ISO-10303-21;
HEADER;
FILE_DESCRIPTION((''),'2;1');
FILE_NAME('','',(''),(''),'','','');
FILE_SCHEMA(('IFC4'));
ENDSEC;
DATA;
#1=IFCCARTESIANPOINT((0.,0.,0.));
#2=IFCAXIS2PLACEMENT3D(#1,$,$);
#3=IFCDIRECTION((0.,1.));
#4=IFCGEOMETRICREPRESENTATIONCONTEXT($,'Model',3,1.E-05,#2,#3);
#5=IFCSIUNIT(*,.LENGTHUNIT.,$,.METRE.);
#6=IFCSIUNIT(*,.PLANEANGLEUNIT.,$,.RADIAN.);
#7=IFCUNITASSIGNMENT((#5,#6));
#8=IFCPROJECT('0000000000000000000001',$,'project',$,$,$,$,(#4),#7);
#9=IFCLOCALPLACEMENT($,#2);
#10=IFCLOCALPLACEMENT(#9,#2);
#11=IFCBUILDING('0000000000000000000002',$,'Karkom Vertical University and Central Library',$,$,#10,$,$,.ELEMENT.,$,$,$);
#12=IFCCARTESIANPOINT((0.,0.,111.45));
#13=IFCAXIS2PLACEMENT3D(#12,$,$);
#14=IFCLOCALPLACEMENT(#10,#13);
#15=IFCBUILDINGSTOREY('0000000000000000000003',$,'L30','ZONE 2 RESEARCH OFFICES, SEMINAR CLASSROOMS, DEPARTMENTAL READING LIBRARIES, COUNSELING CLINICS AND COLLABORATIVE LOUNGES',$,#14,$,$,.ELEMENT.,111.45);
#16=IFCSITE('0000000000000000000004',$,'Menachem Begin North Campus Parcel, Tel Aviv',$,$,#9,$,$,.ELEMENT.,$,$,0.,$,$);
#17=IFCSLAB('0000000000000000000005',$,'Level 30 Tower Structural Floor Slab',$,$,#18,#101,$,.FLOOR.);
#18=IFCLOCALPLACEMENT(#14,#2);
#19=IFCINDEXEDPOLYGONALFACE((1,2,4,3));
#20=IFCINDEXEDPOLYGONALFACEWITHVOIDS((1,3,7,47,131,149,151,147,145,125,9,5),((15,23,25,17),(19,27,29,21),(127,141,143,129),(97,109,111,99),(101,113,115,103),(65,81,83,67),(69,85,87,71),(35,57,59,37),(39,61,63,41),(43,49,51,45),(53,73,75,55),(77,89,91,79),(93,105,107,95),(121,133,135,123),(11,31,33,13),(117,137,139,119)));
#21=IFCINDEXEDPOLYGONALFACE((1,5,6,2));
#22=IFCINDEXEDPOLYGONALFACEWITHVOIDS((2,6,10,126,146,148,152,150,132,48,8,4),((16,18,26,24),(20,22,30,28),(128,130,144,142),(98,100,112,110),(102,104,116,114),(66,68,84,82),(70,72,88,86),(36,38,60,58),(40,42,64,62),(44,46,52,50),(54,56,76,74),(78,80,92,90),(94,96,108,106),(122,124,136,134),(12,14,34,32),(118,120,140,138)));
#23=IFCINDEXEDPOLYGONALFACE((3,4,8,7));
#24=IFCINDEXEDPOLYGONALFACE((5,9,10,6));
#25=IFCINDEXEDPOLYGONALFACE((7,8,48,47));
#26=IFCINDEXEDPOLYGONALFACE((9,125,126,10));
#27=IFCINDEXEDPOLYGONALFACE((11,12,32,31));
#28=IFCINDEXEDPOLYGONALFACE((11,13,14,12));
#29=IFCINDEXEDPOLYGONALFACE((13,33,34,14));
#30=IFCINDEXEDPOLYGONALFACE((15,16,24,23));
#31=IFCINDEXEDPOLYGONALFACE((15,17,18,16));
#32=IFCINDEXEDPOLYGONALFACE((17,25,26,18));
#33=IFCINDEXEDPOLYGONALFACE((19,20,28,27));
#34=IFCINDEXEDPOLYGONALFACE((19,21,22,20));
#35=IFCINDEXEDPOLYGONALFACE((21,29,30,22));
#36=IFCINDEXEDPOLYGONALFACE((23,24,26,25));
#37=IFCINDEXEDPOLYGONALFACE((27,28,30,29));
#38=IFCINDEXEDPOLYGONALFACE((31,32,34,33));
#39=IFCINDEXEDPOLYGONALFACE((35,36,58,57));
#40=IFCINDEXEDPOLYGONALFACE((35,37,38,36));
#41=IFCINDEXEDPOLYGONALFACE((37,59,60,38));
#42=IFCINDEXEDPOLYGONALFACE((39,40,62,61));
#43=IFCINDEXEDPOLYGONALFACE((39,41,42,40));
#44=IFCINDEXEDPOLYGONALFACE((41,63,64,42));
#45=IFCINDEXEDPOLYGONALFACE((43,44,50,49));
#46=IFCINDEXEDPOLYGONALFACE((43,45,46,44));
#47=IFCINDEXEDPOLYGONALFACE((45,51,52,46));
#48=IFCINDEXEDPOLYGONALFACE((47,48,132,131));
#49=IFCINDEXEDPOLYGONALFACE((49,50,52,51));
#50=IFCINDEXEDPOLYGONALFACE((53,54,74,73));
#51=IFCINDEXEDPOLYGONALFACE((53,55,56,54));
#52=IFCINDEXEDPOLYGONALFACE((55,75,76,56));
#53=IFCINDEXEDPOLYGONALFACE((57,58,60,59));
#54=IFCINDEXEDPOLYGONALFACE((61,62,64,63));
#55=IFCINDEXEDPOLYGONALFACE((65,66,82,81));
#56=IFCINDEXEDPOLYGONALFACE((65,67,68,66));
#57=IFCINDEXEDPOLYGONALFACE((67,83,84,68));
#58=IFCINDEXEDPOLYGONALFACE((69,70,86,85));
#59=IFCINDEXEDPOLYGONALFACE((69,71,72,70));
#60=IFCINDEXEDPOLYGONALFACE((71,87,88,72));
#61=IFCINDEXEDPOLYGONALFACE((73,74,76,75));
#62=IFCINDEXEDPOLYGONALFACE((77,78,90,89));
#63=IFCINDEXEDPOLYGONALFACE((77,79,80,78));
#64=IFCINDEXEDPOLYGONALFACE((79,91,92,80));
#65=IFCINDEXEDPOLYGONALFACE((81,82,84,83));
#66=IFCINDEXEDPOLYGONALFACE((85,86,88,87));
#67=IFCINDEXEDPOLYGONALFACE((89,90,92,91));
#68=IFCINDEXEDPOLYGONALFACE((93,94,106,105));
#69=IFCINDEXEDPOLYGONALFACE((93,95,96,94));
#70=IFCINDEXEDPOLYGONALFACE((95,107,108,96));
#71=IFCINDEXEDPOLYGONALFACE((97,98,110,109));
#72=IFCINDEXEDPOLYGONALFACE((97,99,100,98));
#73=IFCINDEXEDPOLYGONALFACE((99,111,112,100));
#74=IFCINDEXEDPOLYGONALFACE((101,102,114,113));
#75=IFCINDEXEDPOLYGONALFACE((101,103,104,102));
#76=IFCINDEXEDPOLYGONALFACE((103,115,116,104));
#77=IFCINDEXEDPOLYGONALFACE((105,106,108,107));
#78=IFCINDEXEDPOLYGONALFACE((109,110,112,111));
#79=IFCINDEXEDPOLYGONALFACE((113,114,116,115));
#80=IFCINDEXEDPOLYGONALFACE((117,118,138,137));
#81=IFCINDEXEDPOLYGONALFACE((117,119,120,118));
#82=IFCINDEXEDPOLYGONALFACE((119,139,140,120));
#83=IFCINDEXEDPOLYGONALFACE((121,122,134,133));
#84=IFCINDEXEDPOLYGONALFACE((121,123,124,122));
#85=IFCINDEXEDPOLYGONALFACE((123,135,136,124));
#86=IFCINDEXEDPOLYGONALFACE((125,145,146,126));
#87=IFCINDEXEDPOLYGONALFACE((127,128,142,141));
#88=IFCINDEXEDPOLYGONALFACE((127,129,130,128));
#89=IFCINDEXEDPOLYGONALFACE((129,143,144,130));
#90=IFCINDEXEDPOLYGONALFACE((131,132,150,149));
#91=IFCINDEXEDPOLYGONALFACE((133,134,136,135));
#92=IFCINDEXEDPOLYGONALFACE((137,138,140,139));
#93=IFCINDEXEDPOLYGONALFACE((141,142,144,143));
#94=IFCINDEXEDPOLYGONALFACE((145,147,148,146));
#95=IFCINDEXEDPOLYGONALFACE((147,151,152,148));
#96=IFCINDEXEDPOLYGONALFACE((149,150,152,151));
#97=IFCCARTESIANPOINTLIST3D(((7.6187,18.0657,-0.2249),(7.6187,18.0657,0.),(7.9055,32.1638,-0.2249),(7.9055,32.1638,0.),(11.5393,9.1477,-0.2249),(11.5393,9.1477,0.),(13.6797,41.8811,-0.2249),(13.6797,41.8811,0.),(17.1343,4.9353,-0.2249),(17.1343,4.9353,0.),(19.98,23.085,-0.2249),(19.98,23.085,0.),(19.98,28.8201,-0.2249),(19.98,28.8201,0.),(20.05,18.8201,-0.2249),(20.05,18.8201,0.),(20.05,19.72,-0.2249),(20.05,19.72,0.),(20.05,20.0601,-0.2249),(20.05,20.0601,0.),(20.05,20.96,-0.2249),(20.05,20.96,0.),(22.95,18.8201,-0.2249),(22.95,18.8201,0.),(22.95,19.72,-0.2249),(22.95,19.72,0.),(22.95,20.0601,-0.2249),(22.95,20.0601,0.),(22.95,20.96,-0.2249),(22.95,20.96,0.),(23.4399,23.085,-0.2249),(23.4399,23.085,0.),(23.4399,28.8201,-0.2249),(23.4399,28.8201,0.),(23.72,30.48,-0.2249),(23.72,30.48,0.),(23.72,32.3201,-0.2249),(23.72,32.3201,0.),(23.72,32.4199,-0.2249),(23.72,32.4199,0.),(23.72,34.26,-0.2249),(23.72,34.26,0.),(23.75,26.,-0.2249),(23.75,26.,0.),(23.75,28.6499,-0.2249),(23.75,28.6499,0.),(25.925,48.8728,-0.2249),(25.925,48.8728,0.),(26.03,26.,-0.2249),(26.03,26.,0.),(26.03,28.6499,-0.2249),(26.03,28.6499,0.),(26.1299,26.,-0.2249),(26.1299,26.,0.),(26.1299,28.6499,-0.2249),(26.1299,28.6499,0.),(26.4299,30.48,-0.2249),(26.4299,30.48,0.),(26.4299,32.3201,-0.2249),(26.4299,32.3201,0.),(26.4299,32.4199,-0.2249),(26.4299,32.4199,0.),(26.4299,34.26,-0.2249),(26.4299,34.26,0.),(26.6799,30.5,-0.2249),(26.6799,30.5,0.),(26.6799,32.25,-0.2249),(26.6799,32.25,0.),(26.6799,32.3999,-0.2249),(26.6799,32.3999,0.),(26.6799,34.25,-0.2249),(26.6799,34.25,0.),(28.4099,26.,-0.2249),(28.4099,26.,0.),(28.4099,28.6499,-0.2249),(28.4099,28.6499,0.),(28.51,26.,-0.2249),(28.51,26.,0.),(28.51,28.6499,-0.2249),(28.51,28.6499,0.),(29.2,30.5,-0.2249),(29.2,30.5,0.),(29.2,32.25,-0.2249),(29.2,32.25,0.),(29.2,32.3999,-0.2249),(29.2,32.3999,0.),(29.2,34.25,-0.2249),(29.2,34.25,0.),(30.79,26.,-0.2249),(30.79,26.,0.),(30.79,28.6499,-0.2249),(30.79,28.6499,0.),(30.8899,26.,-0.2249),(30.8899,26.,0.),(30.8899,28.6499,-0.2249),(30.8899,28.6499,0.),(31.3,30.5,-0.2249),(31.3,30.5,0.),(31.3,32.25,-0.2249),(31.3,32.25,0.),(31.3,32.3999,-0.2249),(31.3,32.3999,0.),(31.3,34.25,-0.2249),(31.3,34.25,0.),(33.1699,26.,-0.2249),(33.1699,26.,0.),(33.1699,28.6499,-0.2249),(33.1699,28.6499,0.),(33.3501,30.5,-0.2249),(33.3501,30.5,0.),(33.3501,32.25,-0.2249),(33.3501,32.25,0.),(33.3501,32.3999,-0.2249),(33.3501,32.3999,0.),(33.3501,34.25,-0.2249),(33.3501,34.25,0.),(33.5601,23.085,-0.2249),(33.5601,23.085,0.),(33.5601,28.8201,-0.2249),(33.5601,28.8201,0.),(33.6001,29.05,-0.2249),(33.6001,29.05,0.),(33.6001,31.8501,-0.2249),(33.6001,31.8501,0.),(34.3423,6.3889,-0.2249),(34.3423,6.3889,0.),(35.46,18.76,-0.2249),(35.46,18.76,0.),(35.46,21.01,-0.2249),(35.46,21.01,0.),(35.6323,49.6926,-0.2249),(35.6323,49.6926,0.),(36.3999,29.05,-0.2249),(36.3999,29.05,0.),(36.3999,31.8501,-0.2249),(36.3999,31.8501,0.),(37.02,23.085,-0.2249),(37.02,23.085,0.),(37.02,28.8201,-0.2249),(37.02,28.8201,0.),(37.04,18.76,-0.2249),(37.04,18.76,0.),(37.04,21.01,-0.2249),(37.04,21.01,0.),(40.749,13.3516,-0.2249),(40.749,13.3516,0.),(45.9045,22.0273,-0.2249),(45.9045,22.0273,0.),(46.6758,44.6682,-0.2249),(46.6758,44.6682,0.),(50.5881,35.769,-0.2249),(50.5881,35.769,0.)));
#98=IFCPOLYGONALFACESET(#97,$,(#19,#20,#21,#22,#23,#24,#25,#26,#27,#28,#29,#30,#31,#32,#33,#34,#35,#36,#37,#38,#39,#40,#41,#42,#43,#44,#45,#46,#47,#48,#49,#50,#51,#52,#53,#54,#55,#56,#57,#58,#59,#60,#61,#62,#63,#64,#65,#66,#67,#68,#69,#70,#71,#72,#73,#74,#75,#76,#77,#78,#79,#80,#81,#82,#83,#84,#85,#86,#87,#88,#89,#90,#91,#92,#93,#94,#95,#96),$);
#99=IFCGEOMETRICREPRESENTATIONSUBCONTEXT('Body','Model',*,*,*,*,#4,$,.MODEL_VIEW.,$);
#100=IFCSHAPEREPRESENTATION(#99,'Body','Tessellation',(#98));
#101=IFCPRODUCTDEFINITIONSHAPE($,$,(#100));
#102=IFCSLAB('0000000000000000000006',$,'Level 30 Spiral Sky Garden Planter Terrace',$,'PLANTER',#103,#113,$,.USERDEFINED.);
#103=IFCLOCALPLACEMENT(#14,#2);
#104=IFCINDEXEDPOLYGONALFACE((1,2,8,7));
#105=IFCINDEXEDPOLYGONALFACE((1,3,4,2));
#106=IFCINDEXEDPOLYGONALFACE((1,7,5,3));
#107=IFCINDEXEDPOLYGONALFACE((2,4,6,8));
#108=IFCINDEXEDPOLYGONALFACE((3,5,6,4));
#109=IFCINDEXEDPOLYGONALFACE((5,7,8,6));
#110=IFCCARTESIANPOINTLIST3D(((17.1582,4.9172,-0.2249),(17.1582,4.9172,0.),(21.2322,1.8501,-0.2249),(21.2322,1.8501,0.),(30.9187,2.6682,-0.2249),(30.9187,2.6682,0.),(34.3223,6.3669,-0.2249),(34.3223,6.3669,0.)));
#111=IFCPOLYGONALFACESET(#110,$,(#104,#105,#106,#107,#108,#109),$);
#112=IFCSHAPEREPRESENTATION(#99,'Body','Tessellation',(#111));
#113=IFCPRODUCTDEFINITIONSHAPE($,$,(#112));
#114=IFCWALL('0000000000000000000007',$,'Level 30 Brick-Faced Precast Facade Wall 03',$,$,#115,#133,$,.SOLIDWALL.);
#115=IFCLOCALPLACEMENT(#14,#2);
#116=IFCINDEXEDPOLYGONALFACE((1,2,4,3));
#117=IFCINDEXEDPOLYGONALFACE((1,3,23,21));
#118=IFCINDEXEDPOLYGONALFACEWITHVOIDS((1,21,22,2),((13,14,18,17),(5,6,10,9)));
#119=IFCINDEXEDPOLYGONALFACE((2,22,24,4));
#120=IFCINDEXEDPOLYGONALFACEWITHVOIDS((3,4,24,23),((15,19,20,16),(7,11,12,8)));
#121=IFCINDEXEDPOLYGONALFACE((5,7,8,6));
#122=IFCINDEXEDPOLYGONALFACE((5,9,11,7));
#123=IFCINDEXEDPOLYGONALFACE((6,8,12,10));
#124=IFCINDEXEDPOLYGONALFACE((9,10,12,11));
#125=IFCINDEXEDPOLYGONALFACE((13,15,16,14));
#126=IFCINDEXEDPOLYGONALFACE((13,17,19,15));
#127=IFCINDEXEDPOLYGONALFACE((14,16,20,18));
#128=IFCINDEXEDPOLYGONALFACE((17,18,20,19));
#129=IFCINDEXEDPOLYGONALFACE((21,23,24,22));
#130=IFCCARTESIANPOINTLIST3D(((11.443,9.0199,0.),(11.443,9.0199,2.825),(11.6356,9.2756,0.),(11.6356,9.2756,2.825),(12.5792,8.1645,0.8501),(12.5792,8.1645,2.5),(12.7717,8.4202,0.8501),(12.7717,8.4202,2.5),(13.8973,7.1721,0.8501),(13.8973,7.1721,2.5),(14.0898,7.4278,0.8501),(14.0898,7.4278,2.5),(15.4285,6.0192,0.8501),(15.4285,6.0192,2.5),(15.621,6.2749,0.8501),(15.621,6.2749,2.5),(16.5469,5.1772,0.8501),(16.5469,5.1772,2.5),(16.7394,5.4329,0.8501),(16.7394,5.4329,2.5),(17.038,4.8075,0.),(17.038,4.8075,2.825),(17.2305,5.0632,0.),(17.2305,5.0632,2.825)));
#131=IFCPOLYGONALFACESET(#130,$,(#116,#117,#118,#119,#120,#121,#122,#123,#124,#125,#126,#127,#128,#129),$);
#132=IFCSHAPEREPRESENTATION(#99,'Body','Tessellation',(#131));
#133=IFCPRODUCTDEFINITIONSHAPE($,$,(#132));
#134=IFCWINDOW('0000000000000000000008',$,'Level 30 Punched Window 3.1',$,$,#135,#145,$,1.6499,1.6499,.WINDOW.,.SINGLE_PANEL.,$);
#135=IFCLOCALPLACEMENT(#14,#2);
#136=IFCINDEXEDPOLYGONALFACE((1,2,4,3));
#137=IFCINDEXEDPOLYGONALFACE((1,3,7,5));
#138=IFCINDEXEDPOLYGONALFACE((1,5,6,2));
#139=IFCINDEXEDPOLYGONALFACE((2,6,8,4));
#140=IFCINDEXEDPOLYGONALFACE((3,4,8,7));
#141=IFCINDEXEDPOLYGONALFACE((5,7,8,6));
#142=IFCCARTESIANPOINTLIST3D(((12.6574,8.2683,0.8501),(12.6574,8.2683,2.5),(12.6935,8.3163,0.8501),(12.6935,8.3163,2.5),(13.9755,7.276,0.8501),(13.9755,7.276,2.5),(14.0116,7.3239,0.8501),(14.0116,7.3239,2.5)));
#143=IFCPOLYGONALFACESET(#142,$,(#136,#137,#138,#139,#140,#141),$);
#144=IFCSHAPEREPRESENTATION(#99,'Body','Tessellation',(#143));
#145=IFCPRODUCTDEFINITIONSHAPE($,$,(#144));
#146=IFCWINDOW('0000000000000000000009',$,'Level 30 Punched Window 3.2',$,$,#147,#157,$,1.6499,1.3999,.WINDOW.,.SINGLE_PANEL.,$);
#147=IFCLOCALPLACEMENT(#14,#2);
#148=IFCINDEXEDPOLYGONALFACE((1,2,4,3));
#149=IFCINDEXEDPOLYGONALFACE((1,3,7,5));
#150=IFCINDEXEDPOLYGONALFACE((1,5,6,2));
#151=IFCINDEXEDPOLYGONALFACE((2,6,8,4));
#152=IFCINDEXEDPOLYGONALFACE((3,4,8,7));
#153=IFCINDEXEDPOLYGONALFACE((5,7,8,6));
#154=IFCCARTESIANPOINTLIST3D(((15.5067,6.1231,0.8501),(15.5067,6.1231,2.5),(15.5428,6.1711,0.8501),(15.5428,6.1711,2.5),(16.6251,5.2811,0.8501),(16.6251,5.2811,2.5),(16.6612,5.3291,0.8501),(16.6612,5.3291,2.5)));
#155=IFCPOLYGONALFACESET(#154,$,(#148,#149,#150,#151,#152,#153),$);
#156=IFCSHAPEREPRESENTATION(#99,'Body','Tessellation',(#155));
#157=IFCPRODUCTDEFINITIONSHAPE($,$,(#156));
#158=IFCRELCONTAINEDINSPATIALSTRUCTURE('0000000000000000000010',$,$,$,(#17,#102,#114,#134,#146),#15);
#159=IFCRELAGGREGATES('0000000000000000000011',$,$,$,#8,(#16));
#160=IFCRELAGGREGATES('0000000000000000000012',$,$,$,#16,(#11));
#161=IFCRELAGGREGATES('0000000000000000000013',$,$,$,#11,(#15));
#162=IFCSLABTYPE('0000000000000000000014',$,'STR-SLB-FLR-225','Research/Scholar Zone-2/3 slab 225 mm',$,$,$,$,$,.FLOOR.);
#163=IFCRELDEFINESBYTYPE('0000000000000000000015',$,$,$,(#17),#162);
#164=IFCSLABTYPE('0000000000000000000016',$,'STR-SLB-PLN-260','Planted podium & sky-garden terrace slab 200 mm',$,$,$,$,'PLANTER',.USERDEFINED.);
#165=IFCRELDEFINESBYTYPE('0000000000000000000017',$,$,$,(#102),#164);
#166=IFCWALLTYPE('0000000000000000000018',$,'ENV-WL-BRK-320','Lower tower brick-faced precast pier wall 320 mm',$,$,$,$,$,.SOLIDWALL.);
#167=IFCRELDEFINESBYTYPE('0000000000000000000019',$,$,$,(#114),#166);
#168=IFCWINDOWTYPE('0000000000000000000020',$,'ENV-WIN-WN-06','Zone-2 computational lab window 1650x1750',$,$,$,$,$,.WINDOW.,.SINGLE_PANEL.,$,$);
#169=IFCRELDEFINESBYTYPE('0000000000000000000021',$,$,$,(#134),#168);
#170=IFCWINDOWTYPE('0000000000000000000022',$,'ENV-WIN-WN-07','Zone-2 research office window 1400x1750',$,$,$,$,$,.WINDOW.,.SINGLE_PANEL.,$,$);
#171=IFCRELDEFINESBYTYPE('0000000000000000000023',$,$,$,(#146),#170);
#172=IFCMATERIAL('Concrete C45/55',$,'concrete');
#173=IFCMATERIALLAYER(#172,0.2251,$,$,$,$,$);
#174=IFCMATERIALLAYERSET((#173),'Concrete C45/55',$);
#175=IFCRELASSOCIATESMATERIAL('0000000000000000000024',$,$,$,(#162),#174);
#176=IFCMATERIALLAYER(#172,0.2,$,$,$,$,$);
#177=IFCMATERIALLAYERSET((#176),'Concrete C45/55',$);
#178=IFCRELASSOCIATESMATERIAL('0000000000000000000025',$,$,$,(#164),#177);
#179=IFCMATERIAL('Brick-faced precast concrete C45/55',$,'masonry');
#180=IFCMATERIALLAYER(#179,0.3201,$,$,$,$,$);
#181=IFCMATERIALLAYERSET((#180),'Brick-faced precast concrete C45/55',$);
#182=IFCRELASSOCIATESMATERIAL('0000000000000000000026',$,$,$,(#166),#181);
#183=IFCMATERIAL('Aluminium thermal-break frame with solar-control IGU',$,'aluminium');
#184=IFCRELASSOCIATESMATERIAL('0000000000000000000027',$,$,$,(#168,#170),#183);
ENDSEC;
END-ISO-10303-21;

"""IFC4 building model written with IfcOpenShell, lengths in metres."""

from ifc_helpers import new_model, si_unit, direction, frame, frame_2d, origin, origin_with_axes, place, context, subcontext, project, spatial, polyline, rectangle, outline, extrude, source, transform, mapped, material, layer, layer_set, type_object, element, fill, save


model = new_model("IFC4")

# Units and contexts
model_context = context("Model", 3, precision=1e-05, world=origin(), true_north=direction((0.0, 1.0)))
body_context = subcontext(model_context, "Body", "Model", "MODEL_VIEW")
ifc_project = project(units=[si_unit("LENGTHUNIT", "METRE"), si_unit("PLANEANGLEUNIT", "RADIAN")], contexts=[model_context])

# Site, building, storey
site_placement = place(None, origin())
site = spatial("IfcSite", under=ifc_project, at=site_placement, Name="Menachem Begin North Campus Parcel, Tel Aviv", CompositionType="ELEMENT", RefElevation=0.0)
building_placement = place(site_placement, origin())
building = spatial("IfcBuilding", under=site, at=building_placement, Name="Karkom Vertical University and Central Library", CompositionType="ELEMENT")
storey_placement = place(building_placement, frame((0.0, 0.0, 111.45)))
storey = spatial("IfcBuildingStorey", under=building, at=storey_placement, Name="L30", Description="ZONE 2 RESEARCH OFFICES, SEMINAR CLASSROOMS, DEPARTMENTAL READING LIBRARIES, COUNSELING CLINICS AND COLLABORATIVE LOUNGES", CompositionType="ELEMENT", Elevation=111.45)

# Shared definitions
ifc_material_1 = material(Name="Concrete C45/55", Category="concrete")

# Slabs
ifc_layer_1 = layer(ifc_material_1, 0.2251)
ifc_layer_set_1 = layer_set([ifc_layer_1], Name="Concrete C45/55")
slab_type_1 = type_object("IfcSlabType", Name="STR-SLB-FLR-225", Description="Research/Scholar Zone-2/3 slab 225 mm", PredefinedType="FLOOR", material=ifc_layer_set_1)
slab_1_placement = place(storey_placement, frame((0.0, 0.0, -0.2249)))
element("IfcSlab", 1, at=slab_1_placement, inside=storey, type_object=slab_type_1, Name="Level 30 Tower Structural Floor Slab", PredefinedType="FLOOR", context=body_context, shape_type="SweptSolid", body=[
    extrude(outline(polyline([(7.9055, 32.1638), (7.6187, 18.0657), (11.5393, 9.1477), (17.1343, 4.9353), (34.3423, 6.3889), (40.749, 13.3516), (45.9045, 22.0273), (50.5881, 35.769), (46.6758, 44.6682), (35.6323, 49.6926), (25.925, 48.8728), (13.6797, 41.8811), (7.9055, 32.1638)]), holes=[polyline([(19.98, 23.085), (23.4399, 23.085), (23.4399, 28.8201), (19.98, 28.8201), (19.98, 23.085)]), polyline([(33.5601, 23.085), (37.02, 23.085), (37.02, 28.8201), (33.5601, 28.8201), (33.5601, 23.085)]), polyline([(23.75, 26.0), (26.03, 26.0), (26.03, 28.6499), (23.75, 28.6499), (23.75, 26.0)]), polyline([(26.1299, 26.0), (28.4099, 26.0), (28.4099, 28.6499), (26.1299, 28.6499), (26.1299, 26.0)]), polyline([(28.51, 26.0), (30.79, 26.0), (30.79, 28.6499), (28.51, 28.6499), (28.51, 26.0)]), polyline([(30.8899, 26.0), (33.1699, 26.0), (33.1699, 28.6499), (30.8899, 28.6499), (30.8899, 26.0)]), polyline([(26.6799, 30.5), (29.2, 30.5), (29.2, 32.25), (26.6799, 32.25), (26.6799, 30.5)]), polyline([(26.6799, 32.3999), (29.2, 32.3999), (29.2, 34.25), (26.6799, 34.25), (26.6799, 32.3999)]), polyline([(31.3, 30.5), (33.3501, 30.5), (33.3501, 32.25), (31.3, 32.25), (31.3, 30.5)]), polyline([(31.3, 32.3999), (33.3501, 32.3999), (33.3501, 34.25), (31.3, 34.25), (31.3, 32.3999)]), polyline([(23.72, 30.48), (26.4299, 30.48), (26.4299, 32.3201), (23.72, 32.3201), (23.72, 30.48)]), polyline([(23.72, 32.4199), (26.4299, 32.4199), (26.4299, 34.26), (23.72, 34.26), (23.72, 32.4199)]), polyline([(33.6001, 29.05), (36.3999, 29.05), (36.3999, 31.8501), (33.6001, 31.8501), (33.6001, 29.05)]), polyline([(20.05, 18.8201), (22.95, 18.8201), (22.95, 19.72), (20.05, 19.72), (20.05, 18.8201)]), polyline([(20.05, 20.0601), (22.95, 20.0601), (22.95, 20.96), (20.05, 20.96), (20.05, 20.0601)]), polyline([(35.46, 18.76), (37.04, 18.76), (37.04, 21.01), (35.46, 21.01), (35.46, 18.76)])]), origin(), (0.0, 0.0, 1.0), 0.2249),
])
ifc_layer_2 = layer(ifc_material_1, 0.2)
ifc_layer_set_2 = layer_set([ifc_layer_2], Name="Concrete C45/55")
slab_type_2 = type_object("IfcSlabType", Name="STR-SLB-PLN-260", Description="Planted podium & sky-garden terrace slab 200 mm", ElementType="PLANTER", PredefinedType="USERDEFINED", material=ifc_layer_set_2)
slab_2_placement = place(storey_placement, frame((0.0, 0.0, -0.2249)))
element("IfcSlab", 2, at=slab_2_placement, inside=storey, type_object=slab_type_2, Name="Level 30 Spiral Sky Garden Planter Terrace", ObjectType="PLANTER", PredefinedType="USERDEFINED", context=body_context, shape_type="SweptSolid", body=[
    extrude(outline(polyline([(30.9187, 2.6682), (21.2322, 1.8501), (17.1582, 4.9172), (34.3223, 6.3669), (30.9187, 2.6682)])), origin(), (0.0, 0.0, 1.0), 0.2249),
])

# Wall, openings, windows
ifc_material_2 = material(Name="Brick-faced precast concrete C45/55", Category="masonry")
ifc_layer_3 = layer(ifc_material_2, 0.3201)
ifc_layer_set_3 = layer_set([ifc_layer_3], Name="Brick-faced precast concrete C45/55")
wall_type_1 = type_object("IfcWallType", Name="ENV-WL-BRK-320", Description="Lower tower brick-faced precast pier wall 320 mm", PredefinedType="SOLIDWALL", material=ifc_layer_set_3)
wall_1_placement = place(storey_placement, frame((11.5393, 9.1477, 0.0), z_axis=(0.0, 0.0, 1.0), x_axis=(0.79889, -0.601477, 0.0)))
wall_1 = element("IfcWall", 3, at=wall_1_placement, inside=storey, type_object=wall_type_1, Name="Level 30 Brick-Faced Precast Facade Wall 03", PredefinedType="SOLIDWALL", context=body_context, shape_type="SweptSolid", body=[
    extrude(rectangle(XDim=7.0034, YDim=0.3201, at=frame_2d((3.5017, 0.0))), origin(), (0.0, 0.0, 1.0), 2.825),
])
opening_1_placement = place(wall_1_placement, frame((1.4221, 0.0, 0.8501)))
opening_1 = element("IfcOpeningElement", 4, at=opening_1_placement, cuts=wall_1, PredefinedType="OPENING", context=body_context, shape_type="SweptSolid", body=[
    extrude(rectangle(XDim=1.6499, YDim=1.6499, at=frame_2d((0.825, 0.825))), frame((0.0, 0.1699, 0.0), z_axis=(0.0, -1.0, 0.0), x_axis=(1.0, 0.0, 0.0)), (0.0, 0.0, 1.0), 0.3401),
])
opening_2_placement = place(wall_1_placement, frame((4.9888, 0.0, 0.8501)))
opening_2 = element("IfcOpeningElement", 5, at=opening_2_placement, cuts=wall_1, PredefinedType="OPENING", context=body_context, shape_type="SweptSolid", body=[
    extrude(rectangle(XDim=1.3999, YDim=1.6499, at=frame_2d((0.7, 0.825))), frame((0.0, 0.1699, 0.0), z_axis=(0.0, -1.0, 0.0), x_axis=(1.0, 0.0, 0.0)), (0.0, 0.0, 1.0), 0.3401),
])
ifc_material_3 = material(Name="Aluminium thermal-break frame with solar-control IGU", Category="aluminium")
window_type_1 = type_object("IfcWindowType", Name="ENV-WIN-WN-06", Description="Zone-2 computational lab window 1650x1750", PartitioningType="SINGLE_PANEL", PredefinedType="WINDOW", material=ifc_material_3)
shared_shape_1 = source(origin_with_axes(), body_context, "Body", "SweptSolid", [
    extrude(rectangle(XDim=1.6499, YDim=1.6499, at=frame_2d((0.825, 0.825))), frame((0.0, 0.03, 0.0), z_axis=(0.0, -1.0, 0.0), x_axis=(1.0, 0.0, 0.0)), (0.0, 0.0, 1.0), 0.0601),
])
window_1_placement = place(opening_1_placement, origin())
window_1 = element("IfcWindow", 6, at=window_1_placement, inside=storey, type_object=window_type_1, Name="Level 30 Punched Window 3.1", OverallHeight=1.6499, OverallWidth=1.6499, PartitioningType="SINGLE_PANEL", PredefinedType="WINDOW", context=body_context, shape_type="MappedRepresentation", body=[
    mapped(shared_shape_1, transform((0.0, 0.0, 0.0), scale=1.0)),
])
fill(opening_1, window_1)
window_type_2 = type_object("IfcWindowType", Name="ENV-WIN-WN-07", Description="Zone-2 research office window 1400x1750", PartitioningType="SINGLE_PANEL", PredefinedType="WINDOW", material=ifc_material_3)
shared_shape_2 = source(origin_with_axes(), body_context, "Body", "SweptSolid", [
    extrude(rectangle(XDim=1.3999, YDim=1.6499, at=frame_2d((0.7, 0.825))), frame((0.0, 0.03, 0.0), z_axis=(0.0, -1.0, 0.0), x_axis=(1.0, 0.0, 0.0)), (0.0, 0.0, 1.0), 0.0601),
])
window_2_placement = place(opening_2_placement, origin())
window_2 = element("IfcWindow", 7, at=window_2_placement, inside=storey, type_object=window_type_2, Name="Level 30 Punched Window 3.2", OverallHeight=1.6499, OverallWidth=1.3999, PartitioningType="SINGLE_PANEL", PredefinedType="WINDOW", context=body_context, shape_type="MappedRepresentation", body=[
    mapped(shared_shape_2, transform((0.0, 0.0, 0.0), scale=1.0)),
])
fill(opening_2, window_2)

save(model, "model.ifc")
